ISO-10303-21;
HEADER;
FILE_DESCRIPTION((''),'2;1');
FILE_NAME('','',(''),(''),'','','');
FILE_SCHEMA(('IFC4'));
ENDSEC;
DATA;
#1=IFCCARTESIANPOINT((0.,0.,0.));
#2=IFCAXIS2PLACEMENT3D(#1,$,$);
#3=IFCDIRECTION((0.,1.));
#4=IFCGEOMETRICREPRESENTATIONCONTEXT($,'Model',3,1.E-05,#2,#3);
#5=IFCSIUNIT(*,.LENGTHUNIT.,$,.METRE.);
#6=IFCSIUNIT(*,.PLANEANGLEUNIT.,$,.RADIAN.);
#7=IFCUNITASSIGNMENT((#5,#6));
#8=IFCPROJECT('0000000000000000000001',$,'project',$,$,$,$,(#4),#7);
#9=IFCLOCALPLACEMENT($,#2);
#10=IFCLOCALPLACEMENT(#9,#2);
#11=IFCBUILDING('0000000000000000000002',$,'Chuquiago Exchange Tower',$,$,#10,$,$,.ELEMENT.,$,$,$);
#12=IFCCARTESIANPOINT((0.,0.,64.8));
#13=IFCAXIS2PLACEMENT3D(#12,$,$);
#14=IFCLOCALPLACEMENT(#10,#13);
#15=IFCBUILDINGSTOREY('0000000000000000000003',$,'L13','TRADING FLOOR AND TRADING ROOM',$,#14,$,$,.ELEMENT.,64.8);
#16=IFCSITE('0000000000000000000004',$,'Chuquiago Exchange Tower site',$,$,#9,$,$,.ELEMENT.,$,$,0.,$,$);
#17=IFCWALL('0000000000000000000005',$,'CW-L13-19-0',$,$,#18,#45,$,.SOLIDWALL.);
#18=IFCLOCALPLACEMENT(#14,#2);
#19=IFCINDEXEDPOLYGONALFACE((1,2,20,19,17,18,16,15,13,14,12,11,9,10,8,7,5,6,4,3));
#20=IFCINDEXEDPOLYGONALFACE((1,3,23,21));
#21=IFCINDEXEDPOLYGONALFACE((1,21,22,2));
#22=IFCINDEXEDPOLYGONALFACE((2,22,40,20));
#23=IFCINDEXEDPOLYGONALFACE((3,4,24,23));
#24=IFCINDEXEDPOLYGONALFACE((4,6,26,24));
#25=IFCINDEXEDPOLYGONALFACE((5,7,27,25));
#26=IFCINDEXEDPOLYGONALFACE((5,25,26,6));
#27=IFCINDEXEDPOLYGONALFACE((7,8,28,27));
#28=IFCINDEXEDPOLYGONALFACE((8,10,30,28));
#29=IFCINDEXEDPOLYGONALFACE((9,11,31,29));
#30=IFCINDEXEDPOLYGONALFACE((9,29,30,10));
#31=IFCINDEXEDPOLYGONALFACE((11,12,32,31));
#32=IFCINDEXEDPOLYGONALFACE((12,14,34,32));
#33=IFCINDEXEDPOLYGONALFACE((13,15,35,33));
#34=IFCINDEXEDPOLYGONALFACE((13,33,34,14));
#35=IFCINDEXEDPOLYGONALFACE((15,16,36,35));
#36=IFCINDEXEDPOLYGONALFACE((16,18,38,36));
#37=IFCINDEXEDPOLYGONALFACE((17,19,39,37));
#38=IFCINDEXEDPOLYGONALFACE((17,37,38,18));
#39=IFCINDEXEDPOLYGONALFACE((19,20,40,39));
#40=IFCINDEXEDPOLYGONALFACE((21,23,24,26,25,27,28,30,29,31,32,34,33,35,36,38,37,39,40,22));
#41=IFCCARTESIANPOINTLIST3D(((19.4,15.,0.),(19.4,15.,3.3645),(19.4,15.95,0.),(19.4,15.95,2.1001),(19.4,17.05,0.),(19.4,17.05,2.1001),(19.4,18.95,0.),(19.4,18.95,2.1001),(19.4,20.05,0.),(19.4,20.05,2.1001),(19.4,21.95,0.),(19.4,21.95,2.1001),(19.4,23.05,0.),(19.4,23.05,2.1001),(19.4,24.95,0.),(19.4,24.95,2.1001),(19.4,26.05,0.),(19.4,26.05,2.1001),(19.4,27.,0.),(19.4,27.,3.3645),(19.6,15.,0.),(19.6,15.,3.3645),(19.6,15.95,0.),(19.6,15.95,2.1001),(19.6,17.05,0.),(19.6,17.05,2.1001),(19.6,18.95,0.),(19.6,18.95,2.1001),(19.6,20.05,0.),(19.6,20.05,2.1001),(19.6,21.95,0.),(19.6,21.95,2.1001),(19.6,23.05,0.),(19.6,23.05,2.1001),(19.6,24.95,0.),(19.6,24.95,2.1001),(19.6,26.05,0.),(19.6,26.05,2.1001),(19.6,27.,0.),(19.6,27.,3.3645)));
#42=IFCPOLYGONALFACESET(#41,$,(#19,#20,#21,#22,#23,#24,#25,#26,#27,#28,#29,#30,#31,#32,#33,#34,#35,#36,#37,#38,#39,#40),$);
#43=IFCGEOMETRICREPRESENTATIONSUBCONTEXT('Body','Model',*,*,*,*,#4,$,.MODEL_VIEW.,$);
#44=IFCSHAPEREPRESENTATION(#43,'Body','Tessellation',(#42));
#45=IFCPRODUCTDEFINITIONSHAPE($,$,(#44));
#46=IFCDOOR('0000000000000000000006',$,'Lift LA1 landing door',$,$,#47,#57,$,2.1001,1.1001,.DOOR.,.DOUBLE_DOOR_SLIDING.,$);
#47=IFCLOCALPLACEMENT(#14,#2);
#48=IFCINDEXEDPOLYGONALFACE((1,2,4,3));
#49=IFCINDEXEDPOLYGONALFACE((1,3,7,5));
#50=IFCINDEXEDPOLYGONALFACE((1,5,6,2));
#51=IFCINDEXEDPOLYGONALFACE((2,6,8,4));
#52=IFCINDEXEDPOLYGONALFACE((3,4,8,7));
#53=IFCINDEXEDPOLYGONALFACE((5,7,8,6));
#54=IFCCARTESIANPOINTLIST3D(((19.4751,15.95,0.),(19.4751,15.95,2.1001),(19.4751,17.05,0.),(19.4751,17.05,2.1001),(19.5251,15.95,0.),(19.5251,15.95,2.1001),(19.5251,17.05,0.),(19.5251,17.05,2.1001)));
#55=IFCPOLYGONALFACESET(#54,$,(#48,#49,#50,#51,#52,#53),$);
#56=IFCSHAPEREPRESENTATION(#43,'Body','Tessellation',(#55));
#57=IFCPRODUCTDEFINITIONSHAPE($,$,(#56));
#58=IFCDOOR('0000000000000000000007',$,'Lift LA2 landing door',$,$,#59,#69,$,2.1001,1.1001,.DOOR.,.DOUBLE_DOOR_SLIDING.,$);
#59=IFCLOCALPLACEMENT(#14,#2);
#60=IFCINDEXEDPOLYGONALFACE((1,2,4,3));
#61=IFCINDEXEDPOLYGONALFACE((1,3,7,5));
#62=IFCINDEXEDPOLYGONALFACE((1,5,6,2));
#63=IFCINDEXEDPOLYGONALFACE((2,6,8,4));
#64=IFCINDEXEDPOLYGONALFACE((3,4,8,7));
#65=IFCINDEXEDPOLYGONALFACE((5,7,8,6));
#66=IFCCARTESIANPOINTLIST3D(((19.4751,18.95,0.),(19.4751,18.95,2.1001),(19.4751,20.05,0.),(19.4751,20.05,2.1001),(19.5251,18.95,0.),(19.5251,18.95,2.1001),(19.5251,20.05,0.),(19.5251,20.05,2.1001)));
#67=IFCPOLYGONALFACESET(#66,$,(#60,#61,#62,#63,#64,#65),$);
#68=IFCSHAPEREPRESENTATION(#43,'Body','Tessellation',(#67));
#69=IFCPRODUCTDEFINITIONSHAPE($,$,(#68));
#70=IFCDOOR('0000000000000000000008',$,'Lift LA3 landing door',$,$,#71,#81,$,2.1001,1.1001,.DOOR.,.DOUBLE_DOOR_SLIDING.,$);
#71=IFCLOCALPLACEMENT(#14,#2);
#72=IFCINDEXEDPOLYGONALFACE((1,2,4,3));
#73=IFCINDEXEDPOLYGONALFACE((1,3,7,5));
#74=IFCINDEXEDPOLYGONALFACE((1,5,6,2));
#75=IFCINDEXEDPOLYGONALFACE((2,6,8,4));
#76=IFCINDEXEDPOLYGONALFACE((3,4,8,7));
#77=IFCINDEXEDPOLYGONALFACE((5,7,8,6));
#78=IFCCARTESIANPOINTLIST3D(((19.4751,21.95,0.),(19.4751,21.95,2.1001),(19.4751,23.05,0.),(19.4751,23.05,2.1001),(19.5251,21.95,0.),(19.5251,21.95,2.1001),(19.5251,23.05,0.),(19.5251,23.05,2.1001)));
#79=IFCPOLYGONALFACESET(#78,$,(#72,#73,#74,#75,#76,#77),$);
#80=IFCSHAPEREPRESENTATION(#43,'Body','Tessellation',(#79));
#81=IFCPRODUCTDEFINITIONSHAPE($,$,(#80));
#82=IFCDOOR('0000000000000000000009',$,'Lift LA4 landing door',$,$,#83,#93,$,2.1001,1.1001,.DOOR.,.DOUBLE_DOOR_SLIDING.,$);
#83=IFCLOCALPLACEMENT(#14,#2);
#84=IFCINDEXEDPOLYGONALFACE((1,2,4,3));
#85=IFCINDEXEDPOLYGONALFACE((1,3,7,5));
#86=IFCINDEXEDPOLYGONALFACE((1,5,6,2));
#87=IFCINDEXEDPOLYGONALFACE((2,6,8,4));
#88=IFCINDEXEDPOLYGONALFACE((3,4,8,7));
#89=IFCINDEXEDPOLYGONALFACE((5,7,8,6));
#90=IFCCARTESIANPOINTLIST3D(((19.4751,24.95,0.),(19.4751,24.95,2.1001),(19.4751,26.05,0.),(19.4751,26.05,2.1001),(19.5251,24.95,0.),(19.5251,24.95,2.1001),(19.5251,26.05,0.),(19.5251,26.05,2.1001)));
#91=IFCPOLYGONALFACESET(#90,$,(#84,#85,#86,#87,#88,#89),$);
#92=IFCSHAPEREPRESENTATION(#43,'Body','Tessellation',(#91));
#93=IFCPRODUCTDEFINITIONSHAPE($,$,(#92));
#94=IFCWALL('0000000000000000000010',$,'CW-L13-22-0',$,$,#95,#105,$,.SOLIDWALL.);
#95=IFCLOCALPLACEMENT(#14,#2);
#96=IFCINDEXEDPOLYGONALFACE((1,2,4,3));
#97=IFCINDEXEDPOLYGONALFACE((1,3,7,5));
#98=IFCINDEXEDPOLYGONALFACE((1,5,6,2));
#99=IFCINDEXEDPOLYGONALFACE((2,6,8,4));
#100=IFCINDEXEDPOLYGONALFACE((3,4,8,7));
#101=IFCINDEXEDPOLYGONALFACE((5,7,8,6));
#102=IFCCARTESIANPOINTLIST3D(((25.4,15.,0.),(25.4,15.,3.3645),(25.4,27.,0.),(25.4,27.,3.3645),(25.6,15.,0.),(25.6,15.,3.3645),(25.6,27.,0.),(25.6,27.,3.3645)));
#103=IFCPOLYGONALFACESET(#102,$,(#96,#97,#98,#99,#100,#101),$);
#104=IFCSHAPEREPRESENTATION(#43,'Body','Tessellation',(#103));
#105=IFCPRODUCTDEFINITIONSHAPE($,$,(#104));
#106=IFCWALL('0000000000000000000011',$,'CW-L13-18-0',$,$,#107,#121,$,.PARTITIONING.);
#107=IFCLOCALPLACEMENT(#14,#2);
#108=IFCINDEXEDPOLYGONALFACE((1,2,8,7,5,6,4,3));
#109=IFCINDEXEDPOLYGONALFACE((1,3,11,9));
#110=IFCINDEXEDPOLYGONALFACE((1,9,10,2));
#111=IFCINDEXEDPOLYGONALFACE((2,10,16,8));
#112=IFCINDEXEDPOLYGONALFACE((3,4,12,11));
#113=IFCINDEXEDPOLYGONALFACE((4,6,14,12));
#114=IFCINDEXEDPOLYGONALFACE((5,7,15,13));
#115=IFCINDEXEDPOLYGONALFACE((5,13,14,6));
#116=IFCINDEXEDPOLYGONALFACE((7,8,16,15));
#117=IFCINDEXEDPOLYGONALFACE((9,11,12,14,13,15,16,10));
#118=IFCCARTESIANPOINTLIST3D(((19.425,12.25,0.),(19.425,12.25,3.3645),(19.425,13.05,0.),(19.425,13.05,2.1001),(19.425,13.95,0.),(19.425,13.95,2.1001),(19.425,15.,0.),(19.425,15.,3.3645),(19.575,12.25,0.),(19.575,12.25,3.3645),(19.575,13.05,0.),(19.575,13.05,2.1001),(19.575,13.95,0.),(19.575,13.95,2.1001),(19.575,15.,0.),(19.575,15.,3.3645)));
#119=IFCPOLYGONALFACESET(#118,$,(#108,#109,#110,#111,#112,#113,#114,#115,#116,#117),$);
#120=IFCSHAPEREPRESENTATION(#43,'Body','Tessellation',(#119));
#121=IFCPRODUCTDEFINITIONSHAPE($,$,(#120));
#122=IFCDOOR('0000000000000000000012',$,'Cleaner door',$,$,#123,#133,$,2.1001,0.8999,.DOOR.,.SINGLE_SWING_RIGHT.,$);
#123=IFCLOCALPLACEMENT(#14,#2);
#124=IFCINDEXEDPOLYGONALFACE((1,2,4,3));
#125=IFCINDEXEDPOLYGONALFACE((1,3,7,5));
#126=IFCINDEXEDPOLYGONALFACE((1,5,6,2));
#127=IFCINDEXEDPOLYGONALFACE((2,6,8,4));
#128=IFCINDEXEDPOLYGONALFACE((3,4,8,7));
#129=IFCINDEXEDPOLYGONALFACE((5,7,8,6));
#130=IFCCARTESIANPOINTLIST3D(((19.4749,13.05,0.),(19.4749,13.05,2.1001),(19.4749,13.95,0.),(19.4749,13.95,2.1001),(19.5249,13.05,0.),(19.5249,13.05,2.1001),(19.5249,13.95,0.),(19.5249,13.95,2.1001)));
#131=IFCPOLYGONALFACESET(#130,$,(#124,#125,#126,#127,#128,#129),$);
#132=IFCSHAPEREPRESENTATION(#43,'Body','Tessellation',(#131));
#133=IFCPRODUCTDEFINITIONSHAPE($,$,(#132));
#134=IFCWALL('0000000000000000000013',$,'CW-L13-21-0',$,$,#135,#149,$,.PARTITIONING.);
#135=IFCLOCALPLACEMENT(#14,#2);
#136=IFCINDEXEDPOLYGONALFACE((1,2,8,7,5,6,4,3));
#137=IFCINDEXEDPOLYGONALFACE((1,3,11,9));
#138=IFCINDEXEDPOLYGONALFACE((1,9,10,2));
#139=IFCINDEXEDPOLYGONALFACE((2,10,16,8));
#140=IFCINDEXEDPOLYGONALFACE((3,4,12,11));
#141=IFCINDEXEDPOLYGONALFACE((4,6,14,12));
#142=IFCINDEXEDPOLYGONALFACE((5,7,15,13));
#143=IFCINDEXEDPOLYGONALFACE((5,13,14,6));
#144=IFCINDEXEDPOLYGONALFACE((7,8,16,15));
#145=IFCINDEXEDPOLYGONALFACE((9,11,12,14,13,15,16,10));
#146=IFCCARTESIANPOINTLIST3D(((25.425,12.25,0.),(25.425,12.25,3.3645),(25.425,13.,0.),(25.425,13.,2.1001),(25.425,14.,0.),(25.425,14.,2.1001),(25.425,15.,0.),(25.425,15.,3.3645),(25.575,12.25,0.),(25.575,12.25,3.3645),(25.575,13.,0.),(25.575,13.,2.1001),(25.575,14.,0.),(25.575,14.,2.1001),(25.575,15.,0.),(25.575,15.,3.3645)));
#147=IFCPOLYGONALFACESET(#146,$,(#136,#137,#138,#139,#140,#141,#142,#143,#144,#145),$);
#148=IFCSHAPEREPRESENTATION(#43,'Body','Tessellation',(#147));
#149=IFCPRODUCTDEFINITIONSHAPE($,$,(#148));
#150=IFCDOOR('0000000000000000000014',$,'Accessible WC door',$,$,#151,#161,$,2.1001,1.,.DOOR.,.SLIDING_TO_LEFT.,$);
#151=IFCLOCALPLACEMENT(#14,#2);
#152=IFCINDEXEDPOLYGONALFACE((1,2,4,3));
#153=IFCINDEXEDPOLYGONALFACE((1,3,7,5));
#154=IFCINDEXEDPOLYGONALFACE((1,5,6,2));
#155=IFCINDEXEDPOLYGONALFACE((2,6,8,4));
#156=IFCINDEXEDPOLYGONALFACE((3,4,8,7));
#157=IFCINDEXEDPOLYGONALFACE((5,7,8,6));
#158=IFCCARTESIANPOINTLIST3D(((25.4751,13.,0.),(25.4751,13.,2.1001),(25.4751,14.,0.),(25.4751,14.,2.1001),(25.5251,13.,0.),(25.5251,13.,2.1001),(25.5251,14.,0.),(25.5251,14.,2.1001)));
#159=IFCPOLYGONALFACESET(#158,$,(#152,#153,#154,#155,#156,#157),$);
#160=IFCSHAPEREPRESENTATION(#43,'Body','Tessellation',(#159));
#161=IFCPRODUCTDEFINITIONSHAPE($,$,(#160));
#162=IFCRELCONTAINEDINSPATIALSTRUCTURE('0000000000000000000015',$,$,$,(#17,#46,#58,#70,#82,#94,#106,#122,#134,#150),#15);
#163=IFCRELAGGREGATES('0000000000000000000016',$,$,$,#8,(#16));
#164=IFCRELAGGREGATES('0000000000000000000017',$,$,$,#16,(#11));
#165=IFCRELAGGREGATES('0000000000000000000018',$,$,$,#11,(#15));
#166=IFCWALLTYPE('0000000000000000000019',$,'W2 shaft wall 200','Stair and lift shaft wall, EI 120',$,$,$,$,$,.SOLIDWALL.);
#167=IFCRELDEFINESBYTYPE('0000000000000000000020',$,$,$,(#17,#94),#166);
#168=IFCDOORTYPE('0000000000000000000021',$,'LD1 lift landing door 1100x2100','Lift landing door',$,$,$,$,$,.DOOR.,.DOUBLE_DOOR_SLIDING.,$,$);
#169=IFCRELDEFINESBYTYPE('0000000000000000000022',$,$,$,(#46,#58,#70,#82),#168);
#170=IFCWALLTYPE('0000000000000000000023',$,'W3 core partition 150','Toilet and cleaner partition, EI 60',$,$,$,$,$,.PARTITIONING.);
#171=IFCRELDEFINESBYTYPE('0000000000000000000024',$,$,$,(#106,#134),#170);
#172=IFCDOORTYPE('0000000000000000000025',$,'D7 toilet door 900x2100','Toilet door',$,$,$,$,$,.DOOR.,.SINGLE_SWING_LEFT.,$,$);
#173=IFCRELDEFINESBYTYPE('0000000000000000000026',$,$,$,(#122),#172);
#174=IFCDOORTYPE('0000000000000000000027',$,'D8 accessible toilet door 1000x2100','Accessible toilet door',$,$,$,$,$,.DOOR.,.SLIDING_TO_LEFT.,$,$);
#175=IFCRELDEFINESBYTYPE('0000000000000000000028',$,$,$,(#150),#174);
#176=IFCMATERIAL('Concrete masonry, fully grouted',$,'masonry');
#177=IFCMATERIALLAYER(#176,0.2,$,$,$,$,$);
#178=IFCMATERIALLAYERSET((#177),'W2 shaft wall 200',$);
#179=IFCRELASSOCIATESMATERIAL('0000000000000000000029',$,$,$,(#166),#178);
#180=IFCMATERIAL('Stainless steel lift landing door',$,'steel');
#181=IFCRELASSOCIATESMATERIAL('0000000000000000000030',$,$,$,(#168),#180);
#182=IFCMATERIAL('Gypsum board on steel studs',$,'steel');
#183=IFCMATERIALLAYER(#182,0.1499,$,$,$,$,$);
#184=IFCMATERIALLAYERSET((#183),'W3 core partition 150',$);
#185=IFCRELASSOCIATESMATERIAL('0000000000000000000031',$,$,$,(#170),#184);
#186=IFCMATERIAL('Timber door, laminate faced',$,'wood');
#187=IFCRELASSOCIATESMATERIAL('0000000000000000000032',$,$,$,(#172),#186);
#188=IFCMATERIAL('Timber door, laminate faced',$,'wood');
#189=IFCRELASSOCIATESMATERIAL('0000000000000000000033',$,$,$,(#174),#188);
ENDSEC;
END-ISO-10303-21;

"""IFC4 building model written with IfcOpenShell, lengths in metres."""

from ifc_helpers import new_model, si_unit, direction, frame, frame_2d, origin, place, context, subcontext, project, spatial, rectangle, extrude, material, layer, layer_set, type_object, element, fill, save


model = new_model("IFC4")

# Units and contexts
model_context = context("Model", 3, precision=1e-05, world=origin(), true_north=direction((0.0, 1.0)))
body_context = subcontext(model_context, "Body", "Model", "MODEL_VIEW")
ifc_project = project(units=[si_unit("LENGTHUNIT", "METRE"), si_unit("PLANEANGLEUNIT", "RADIAN")], contexts=[model_context])

# Site, building, storey
site_placement = place(None, origin())
site = spatial("IfcSite", under=ifc_project, at=site_placement, Name="Chuquiago Exchange Tower site", CompositionType="ELEMENT", RefElevation=0.0)
building_placement = place(site_placement, origin())
building = spatial("IfcBuilding", under=site, at=building_placement, Name="Chuquiago Exchange Tower", CompositionType="ELEMENT")
storey_placement = place(building_placement, frame((0.0, 0.0, 64.8)))
storey = spatial("IfcBuildingStorey", under=building, at=storey_placement, Name="L13", Description="TRADING FLOOR AND TRADING ROOM", CompositionType="ELEMENT", Elevation=64.8)

# Shared definitions
ifc_material_1 = material(Name="Concrete masonry, fully grouted", Category="masonry")
ifc_layer_1 = layer(ifc_material_1, 0.2)
ifc_layer_set_1 = layer_set([ifc_layer_1], Name="W2 shaft wall 200")
wall_type_1 = type_object("IfcWallType", Name="W2 shaft wall 200", Description="Stair and lift shaft wall, EI 120", PredefinedType="SOLIDWALL", material=ifc_layer_set_1)

# Wall, openings, doors
wall_1_placement = place(storey_placement, frame((19.5, 15.0, 0.0), z_axis=(0.0, 0.0, 1.0), x_axis=(0.0, 1.0, 0.0)))
wall_1 = element("IfcWall", 1, at=wall_1_placement, inside=storey, type_object=wall_type_1, Name="CW-L13-19-0", PredefinedType="SOLIDWALL", context=body_context, shape_type="SweptSolid", body=[
    extrude(rectangle(XDim=12.0, YDim=0.2, at=frame_2d((6.0, 0.0))), origin(), (0.0, 0.0, 1.0), 3.3645),
])
opening_1_placement = place(wall_1_placement, frame((0.95, 0.0, 0.0)))
opening_1 = element("IfcOpeningElement", 2, at=opening_1_placement, cuts=wall_1, PredefinedType="OPENING", context=body_context, shape_type="SweptSolid", body=[
    extrude(rectangle(XDim=1.1001, YDim=2.1001, at=frame_2d((0.55, 1.05))), frame((0.0, 0.1099, 0.0), z_axis=(0.0, -1.0, 0.0), x_axis=(1.0, 0.0, 0.0)), (0.0, 0.0, 1.0), 0.22),
])
opening_2_placement = place(wall_1_placement, frame((3.95, 0.0, 0.0)))
opening_2 = element("IfcOpeningElement", 3, at=opening_2_placement, cuts=wall_1, PredefinedType="OPENING", context=body_context, shape_type="SweptSolid", body=[
    extrude(rectangle(XDim=1.1001, YDim=2.1001, at=frame_2d((0.55, 1.05))), frame((0.0, 0.1099, 0.0), z_axis=(0.0, -1.0, 0.0), x_axis=(1.0, 0.0, 0.0)), (0.0, 0.0, 1.0), 0.22),
])
opening_3_placement = place(wall_1_placement, frame((6.95, 0.0, 0.0)))
opening_3 = element("IfcOpeningElement", 4, at=opening_3_placement, cuts=wall_1, PredefinedType="OPENING", context=body_context, shape_type="SweptSolid", body=[
    extrude(rectangle(XDim=1.1001, YDim=2.1001, at=frame_2d((0.55, 1.05))), frame((0.0, 0.1099, 0.0), z_axis=(0.0, -1.0, 0.0), x_axis=(1.0, 0.0, 0.0)), (0.0, 0.0, 1.0), 0.22),
])
opening_4_placement = place(wall_1_placement, frame((9.95, 0.0, 0.0)))
opening_4 = element("IfcOpeningElement", 5, at=opening_4_placement, cuts=wall_1, PredefinedType="OPENING", context=body_context, shape_type="SweptSolid", body=[
    extrude(rectangle(XDim=1.1001, YDim=2.1001, at=frame_2d((0.55, 1.05))), frame((0.0, 0.1099, 0.0), z_axis=(0.0, -1.0, 0.0), x_axis=(1.0, 0.0, 0.0)), (0.0, 0.0, 1.0), 0.22),
])
ifc_material_2 = material(Name="Stainless steel lift landing door", Category="steel")
door_type_1 = type_object("IfcDoorType", Name="LD1 lift landing door 1100x2100", Description="Lift landing door", OperationType="DOUBLE_DOOR_SLIDING", PredefinedType="DOOR", material=ifc_material_2)
door_1_placement = place(opening_1_placement, origin())
door_1 = element("IfcDoor", 6, at=door_1_placement, inside=storey, type_object=door_type_1, Name="Lift LA1 landing door", OperationType="DOUBLE_DOOR_SLIDING", OverallHeight=2.1001, OverallWidth=1.1001, PredefinedType="DOOR", context=body_context, shape_type="SweptSolid", body=[
    extrude(rectangle(XDim=1.1001, YDim=2.1001, at=frame_2d((0.55, 1.05))), frame((0.0, 0.0249, 0.0), z_axis=(0.0, -1.0, 0.0), x_axis=(1.0, 0.0, 0.0)), (0.0, 0.0, 1.0), 0.05),
])
fill(opening_1, door_1)
door_2_placement = place(opening_2_placement, origin())
door_2 = element("IfcDoor", 7, at=door_2_placement, inside=storey, type_object=door_type_1, Name="Lift LA2 landing door", OperationType="DOUBLE_DOOR_SLIDING", OverallHeight=2.1001, OverallWidth=1.1001, PredefinedType="DOOR", context=body_context, shape_type="SweptSolid", body=[
    extrude(rectangle(XDim=1.1001, YDim=2.1001, at=frame_2d((0.55, 1.05))), frame((0.0, 0.0249, 0.0), z_axis=(0.0, -1.0, 0.0), x_axis=(1.0, 0.0, 0.0)), (0.0, 0.0, 1.0), 0.05),
])
fill(opening_2, door_2)
door_3_placement = place(opening_3_placement, origin())
door_3 = element("IfcDoor", 8, at=door_3_placement, inside=storey, type_object=door_type_1, Name="Lift LA3 landing door", OperationType="DOUBLE_DOOR_SLIDING", OverallHeight=2.1001, OverallWidth=1.1001, PredefinedType="DOOR", context=body_context, shape_type="SweptSolid", body=[
    extrude(rectangle(XDim=1.1001, YDim=2.1001, at=frame_2d((0.55, 1.05))), frame((0.0, 0.0249, 0.0), z_axis=(0.0, -1.0, 0.0), x_axis=(1.0, 0.0, 0.0)), (0.0, 0.0, 1.0), 0.05),
])
fill(opening_3, door_3)
door_4_placement = place(opening_4_placement, origin())
door_4 = element("IfcDoor", 9, at=door_4_placement, inside=storey, type_object=door_type_1, Name="Lift LA4 landing door", OperationType="DOUBLE_DOOR_SLIDING", OverallHeight=2.1001, OverallWidth=1.1001, PredefinedType="DOOR", context=body_context, shape_type="SweptSolid", body=[
    extrude(rectangle(XDim=1.1001, YDim=2.1001, at=frame_2d((0.55, 1.05))), frame((0.0, 0.0249, 0.0), z_axis=(0.0, -1.0, 0.0), x_axis=(1.0, 0.0, 0.0)), (0.0, 0.0, 1.0), 0.05),
])
fill(opening_4, door_4)

# Wall
wall_2_placement = place(storey_placement, frame((25.5, 15.0, 0.0), z_axis=(0.0, 0.0, 1.0), x_axis=(0.0, 1.0, 0.0)))
element("IfcWall", 10, at=wall_2_placement, inside=storey, type_object=wall_type_1, Name="CW-L13-22-0", PredefinedType="SOLIDWALL", context=body_context, shape_type="SweptSolid", body=[
    extrude(rectangle(XDim=12.0, YDim=0.2, at=frame_2d((6.0, 0.0))), origin(), (0.0, 0.0, 1.0), 3.3645),
])

# Walls, openings, doors
ifc_material_3 = material(Name="Gypsum board on steel studs", Category="steel")
ifc_layer_2 = layer(ifc_material_3, 0.1499)
ifc_layer_set_2 = layer_set([ifc_layer_2], Name="W3 core partition 150")
wall_type_2 = type_object("IfcWallType", Name="W3 core partition 150", Description="Toilet and cleaner partition, EI 60", PredefinedType="PARTITIONING", material=ifc_layer_set_2)
wall_3_placement = place(storey_placement, frame((19.5, 12.25, 0.0), z_axis=(0.0, 0.0, 1.0), x_axis=(0.0, 1.0, 0.0)))
wall_3 = element("IfcWall", 11, at=wall_3_placement, inside=storey, type_object=wall_type_2, Name="CW-L13-18-0", PredefinedType="PARTITIONING", context=body_context, shape_type="SweptSolid", body=[
    extrude(rectangle(XDim=2.75, YDim=0.1499, at=frame_2d((1.375, 0.0))), origin(), (0.0, 0.0, 1.0), 3.3645),
])
opening_5_placement = place(wall_3_placement, frame((0.8, 0.0, 0.0)))
opening_5 = element("IfcOpeningElement", 12, at=opening_5_placement, cuts=wall_3, PredefinedType="OPENING", context=body_context, shape_type="SweptSolid", body=[
    extrude(rectangle(XDim=0.8999, YDim=2.1001, at=frame_2d((0.45, 1.05))), frame((0.0, 0.085, 0.0), z_axis=(0.0, -1.0, 0.0), x_axis=(1.0, 0.0, 0.0)), (0.0, 0.0, 1.0), 0.1699),
])
ifc_material_4 = material(Name="Timber door, laminate faced", Category="wood")
door_type_2 = type_object("IfcDoorType", Name="D7 toilet door 900x2100", Description="Toilet door", OperationType="SINGLE_SWING_LEFT", PredefinedType="DOOR", material=ifc_material_4)
door_5_placement = place(opening_5_placement, frame((0.8999, 0.0, 0.0), z_axis=(0.0, 0.0, 1.0), x_axis=(-1.0, 0.0, 0.0)))
door_5 = element("IfcDoor", 13, at=door_5_placement, inside=storey, type_object=door_type_2, Name="Cleaner door", OperationType="SINGLE_SWING_RIGHT", OverallHeight=2.1001, OverallWidth=0.8999, PredefinedType="DOOR", context=body_context, shape_type="SweptSolid", body=[
    extrude(rectangle(XDim=0.8999, YDim=2.1001, at=frame_2d((0.45, 1.05))), frame((0.0, 0.0249, 0.0), z_axis=(0.0, -1.0, 0.0), x_axis=(1.0, 0.0, 0.0)), (0.0, 0.0, 1.0), 0.05),
])
fill(opening_5, door_5)
wall_4_placement = place(storey_placement, frame((25.5, 12.25, 0.0), z_axis=(0.0, 0.0, 1.0), x_axis=(0.0, 1.0, 0.0)))
wall_4 = element("IfcWall", 14, at=wall_4_placement, inside=storey, type_object=wall_type_2, Name="CW-L13-21-0", PredefinedType="PARTITIONING", context=body_context, shape_type="SweptSolid", body=[
    extrude(rectangle(XDim=2.75, YDim=0.1499, at=frame_2d((1.375, 0.0))), origin(), (0.0, 0.0, 1.0), 3.3645),
])
opening_6_placement = place(wall_4_placement, frame((0.75, 0.0, 0.0)))
opening_6 = element("IfcOpeningElement", 15, at=opening_6_placement, cuts=wall_4, PredefinedType="OPENING", context=body_context, shape_type="SweptSolid", body=[
    extrude(rectangle(XDim=1.0, YDim=2.1001, at=frame_2d((0.5, 1.05))), frame((0.0, 0.085, 0.0), z_axis=(0.0, -1.0, 0.0), x_axis=(1.0, 0.0, 0.0)), (0.0, 0.0, 1.0), 0.1699),
])
ifc_material_5 = material(Name="Timber door, laminate faced", Category="wood")
door_type_3 = type_object("IfcDoorType", Name="D8 accessible toilet door 1000x2100", Description="Accessible toilet door", OperationType="SLIDING_TO_LEFT", PredefinedType="DOOR", material=ifc_material_5)
door_6_placement = place(opening_6_placement, origin())
door_6 = element("IfcDoor", 16, at=door_6_placement, inside=storey, type_object=door_type_3, Name="Accessible WC door", OperationType="SLIDING_TO_LEFT", OverallHeight=2.1001, OverallWidth=1.0, PredefinedType="DOOR", context=body_context, shape_type="SweptSolid", body=[
    extrude(rectangle(XDim=1.0, YDim=2.1001, at=frame_2d((0.5, 1.05))), frame((0.0, 0.0249, 0.0), z_axis=(0.0, -1.0, 0.0), x_axis=(1.0, 0.0, 0.0)), (0.0, 0.0, 1.0), 0.05),
])
fill(opening_6, door_6)

save(model, "model.ifc")
